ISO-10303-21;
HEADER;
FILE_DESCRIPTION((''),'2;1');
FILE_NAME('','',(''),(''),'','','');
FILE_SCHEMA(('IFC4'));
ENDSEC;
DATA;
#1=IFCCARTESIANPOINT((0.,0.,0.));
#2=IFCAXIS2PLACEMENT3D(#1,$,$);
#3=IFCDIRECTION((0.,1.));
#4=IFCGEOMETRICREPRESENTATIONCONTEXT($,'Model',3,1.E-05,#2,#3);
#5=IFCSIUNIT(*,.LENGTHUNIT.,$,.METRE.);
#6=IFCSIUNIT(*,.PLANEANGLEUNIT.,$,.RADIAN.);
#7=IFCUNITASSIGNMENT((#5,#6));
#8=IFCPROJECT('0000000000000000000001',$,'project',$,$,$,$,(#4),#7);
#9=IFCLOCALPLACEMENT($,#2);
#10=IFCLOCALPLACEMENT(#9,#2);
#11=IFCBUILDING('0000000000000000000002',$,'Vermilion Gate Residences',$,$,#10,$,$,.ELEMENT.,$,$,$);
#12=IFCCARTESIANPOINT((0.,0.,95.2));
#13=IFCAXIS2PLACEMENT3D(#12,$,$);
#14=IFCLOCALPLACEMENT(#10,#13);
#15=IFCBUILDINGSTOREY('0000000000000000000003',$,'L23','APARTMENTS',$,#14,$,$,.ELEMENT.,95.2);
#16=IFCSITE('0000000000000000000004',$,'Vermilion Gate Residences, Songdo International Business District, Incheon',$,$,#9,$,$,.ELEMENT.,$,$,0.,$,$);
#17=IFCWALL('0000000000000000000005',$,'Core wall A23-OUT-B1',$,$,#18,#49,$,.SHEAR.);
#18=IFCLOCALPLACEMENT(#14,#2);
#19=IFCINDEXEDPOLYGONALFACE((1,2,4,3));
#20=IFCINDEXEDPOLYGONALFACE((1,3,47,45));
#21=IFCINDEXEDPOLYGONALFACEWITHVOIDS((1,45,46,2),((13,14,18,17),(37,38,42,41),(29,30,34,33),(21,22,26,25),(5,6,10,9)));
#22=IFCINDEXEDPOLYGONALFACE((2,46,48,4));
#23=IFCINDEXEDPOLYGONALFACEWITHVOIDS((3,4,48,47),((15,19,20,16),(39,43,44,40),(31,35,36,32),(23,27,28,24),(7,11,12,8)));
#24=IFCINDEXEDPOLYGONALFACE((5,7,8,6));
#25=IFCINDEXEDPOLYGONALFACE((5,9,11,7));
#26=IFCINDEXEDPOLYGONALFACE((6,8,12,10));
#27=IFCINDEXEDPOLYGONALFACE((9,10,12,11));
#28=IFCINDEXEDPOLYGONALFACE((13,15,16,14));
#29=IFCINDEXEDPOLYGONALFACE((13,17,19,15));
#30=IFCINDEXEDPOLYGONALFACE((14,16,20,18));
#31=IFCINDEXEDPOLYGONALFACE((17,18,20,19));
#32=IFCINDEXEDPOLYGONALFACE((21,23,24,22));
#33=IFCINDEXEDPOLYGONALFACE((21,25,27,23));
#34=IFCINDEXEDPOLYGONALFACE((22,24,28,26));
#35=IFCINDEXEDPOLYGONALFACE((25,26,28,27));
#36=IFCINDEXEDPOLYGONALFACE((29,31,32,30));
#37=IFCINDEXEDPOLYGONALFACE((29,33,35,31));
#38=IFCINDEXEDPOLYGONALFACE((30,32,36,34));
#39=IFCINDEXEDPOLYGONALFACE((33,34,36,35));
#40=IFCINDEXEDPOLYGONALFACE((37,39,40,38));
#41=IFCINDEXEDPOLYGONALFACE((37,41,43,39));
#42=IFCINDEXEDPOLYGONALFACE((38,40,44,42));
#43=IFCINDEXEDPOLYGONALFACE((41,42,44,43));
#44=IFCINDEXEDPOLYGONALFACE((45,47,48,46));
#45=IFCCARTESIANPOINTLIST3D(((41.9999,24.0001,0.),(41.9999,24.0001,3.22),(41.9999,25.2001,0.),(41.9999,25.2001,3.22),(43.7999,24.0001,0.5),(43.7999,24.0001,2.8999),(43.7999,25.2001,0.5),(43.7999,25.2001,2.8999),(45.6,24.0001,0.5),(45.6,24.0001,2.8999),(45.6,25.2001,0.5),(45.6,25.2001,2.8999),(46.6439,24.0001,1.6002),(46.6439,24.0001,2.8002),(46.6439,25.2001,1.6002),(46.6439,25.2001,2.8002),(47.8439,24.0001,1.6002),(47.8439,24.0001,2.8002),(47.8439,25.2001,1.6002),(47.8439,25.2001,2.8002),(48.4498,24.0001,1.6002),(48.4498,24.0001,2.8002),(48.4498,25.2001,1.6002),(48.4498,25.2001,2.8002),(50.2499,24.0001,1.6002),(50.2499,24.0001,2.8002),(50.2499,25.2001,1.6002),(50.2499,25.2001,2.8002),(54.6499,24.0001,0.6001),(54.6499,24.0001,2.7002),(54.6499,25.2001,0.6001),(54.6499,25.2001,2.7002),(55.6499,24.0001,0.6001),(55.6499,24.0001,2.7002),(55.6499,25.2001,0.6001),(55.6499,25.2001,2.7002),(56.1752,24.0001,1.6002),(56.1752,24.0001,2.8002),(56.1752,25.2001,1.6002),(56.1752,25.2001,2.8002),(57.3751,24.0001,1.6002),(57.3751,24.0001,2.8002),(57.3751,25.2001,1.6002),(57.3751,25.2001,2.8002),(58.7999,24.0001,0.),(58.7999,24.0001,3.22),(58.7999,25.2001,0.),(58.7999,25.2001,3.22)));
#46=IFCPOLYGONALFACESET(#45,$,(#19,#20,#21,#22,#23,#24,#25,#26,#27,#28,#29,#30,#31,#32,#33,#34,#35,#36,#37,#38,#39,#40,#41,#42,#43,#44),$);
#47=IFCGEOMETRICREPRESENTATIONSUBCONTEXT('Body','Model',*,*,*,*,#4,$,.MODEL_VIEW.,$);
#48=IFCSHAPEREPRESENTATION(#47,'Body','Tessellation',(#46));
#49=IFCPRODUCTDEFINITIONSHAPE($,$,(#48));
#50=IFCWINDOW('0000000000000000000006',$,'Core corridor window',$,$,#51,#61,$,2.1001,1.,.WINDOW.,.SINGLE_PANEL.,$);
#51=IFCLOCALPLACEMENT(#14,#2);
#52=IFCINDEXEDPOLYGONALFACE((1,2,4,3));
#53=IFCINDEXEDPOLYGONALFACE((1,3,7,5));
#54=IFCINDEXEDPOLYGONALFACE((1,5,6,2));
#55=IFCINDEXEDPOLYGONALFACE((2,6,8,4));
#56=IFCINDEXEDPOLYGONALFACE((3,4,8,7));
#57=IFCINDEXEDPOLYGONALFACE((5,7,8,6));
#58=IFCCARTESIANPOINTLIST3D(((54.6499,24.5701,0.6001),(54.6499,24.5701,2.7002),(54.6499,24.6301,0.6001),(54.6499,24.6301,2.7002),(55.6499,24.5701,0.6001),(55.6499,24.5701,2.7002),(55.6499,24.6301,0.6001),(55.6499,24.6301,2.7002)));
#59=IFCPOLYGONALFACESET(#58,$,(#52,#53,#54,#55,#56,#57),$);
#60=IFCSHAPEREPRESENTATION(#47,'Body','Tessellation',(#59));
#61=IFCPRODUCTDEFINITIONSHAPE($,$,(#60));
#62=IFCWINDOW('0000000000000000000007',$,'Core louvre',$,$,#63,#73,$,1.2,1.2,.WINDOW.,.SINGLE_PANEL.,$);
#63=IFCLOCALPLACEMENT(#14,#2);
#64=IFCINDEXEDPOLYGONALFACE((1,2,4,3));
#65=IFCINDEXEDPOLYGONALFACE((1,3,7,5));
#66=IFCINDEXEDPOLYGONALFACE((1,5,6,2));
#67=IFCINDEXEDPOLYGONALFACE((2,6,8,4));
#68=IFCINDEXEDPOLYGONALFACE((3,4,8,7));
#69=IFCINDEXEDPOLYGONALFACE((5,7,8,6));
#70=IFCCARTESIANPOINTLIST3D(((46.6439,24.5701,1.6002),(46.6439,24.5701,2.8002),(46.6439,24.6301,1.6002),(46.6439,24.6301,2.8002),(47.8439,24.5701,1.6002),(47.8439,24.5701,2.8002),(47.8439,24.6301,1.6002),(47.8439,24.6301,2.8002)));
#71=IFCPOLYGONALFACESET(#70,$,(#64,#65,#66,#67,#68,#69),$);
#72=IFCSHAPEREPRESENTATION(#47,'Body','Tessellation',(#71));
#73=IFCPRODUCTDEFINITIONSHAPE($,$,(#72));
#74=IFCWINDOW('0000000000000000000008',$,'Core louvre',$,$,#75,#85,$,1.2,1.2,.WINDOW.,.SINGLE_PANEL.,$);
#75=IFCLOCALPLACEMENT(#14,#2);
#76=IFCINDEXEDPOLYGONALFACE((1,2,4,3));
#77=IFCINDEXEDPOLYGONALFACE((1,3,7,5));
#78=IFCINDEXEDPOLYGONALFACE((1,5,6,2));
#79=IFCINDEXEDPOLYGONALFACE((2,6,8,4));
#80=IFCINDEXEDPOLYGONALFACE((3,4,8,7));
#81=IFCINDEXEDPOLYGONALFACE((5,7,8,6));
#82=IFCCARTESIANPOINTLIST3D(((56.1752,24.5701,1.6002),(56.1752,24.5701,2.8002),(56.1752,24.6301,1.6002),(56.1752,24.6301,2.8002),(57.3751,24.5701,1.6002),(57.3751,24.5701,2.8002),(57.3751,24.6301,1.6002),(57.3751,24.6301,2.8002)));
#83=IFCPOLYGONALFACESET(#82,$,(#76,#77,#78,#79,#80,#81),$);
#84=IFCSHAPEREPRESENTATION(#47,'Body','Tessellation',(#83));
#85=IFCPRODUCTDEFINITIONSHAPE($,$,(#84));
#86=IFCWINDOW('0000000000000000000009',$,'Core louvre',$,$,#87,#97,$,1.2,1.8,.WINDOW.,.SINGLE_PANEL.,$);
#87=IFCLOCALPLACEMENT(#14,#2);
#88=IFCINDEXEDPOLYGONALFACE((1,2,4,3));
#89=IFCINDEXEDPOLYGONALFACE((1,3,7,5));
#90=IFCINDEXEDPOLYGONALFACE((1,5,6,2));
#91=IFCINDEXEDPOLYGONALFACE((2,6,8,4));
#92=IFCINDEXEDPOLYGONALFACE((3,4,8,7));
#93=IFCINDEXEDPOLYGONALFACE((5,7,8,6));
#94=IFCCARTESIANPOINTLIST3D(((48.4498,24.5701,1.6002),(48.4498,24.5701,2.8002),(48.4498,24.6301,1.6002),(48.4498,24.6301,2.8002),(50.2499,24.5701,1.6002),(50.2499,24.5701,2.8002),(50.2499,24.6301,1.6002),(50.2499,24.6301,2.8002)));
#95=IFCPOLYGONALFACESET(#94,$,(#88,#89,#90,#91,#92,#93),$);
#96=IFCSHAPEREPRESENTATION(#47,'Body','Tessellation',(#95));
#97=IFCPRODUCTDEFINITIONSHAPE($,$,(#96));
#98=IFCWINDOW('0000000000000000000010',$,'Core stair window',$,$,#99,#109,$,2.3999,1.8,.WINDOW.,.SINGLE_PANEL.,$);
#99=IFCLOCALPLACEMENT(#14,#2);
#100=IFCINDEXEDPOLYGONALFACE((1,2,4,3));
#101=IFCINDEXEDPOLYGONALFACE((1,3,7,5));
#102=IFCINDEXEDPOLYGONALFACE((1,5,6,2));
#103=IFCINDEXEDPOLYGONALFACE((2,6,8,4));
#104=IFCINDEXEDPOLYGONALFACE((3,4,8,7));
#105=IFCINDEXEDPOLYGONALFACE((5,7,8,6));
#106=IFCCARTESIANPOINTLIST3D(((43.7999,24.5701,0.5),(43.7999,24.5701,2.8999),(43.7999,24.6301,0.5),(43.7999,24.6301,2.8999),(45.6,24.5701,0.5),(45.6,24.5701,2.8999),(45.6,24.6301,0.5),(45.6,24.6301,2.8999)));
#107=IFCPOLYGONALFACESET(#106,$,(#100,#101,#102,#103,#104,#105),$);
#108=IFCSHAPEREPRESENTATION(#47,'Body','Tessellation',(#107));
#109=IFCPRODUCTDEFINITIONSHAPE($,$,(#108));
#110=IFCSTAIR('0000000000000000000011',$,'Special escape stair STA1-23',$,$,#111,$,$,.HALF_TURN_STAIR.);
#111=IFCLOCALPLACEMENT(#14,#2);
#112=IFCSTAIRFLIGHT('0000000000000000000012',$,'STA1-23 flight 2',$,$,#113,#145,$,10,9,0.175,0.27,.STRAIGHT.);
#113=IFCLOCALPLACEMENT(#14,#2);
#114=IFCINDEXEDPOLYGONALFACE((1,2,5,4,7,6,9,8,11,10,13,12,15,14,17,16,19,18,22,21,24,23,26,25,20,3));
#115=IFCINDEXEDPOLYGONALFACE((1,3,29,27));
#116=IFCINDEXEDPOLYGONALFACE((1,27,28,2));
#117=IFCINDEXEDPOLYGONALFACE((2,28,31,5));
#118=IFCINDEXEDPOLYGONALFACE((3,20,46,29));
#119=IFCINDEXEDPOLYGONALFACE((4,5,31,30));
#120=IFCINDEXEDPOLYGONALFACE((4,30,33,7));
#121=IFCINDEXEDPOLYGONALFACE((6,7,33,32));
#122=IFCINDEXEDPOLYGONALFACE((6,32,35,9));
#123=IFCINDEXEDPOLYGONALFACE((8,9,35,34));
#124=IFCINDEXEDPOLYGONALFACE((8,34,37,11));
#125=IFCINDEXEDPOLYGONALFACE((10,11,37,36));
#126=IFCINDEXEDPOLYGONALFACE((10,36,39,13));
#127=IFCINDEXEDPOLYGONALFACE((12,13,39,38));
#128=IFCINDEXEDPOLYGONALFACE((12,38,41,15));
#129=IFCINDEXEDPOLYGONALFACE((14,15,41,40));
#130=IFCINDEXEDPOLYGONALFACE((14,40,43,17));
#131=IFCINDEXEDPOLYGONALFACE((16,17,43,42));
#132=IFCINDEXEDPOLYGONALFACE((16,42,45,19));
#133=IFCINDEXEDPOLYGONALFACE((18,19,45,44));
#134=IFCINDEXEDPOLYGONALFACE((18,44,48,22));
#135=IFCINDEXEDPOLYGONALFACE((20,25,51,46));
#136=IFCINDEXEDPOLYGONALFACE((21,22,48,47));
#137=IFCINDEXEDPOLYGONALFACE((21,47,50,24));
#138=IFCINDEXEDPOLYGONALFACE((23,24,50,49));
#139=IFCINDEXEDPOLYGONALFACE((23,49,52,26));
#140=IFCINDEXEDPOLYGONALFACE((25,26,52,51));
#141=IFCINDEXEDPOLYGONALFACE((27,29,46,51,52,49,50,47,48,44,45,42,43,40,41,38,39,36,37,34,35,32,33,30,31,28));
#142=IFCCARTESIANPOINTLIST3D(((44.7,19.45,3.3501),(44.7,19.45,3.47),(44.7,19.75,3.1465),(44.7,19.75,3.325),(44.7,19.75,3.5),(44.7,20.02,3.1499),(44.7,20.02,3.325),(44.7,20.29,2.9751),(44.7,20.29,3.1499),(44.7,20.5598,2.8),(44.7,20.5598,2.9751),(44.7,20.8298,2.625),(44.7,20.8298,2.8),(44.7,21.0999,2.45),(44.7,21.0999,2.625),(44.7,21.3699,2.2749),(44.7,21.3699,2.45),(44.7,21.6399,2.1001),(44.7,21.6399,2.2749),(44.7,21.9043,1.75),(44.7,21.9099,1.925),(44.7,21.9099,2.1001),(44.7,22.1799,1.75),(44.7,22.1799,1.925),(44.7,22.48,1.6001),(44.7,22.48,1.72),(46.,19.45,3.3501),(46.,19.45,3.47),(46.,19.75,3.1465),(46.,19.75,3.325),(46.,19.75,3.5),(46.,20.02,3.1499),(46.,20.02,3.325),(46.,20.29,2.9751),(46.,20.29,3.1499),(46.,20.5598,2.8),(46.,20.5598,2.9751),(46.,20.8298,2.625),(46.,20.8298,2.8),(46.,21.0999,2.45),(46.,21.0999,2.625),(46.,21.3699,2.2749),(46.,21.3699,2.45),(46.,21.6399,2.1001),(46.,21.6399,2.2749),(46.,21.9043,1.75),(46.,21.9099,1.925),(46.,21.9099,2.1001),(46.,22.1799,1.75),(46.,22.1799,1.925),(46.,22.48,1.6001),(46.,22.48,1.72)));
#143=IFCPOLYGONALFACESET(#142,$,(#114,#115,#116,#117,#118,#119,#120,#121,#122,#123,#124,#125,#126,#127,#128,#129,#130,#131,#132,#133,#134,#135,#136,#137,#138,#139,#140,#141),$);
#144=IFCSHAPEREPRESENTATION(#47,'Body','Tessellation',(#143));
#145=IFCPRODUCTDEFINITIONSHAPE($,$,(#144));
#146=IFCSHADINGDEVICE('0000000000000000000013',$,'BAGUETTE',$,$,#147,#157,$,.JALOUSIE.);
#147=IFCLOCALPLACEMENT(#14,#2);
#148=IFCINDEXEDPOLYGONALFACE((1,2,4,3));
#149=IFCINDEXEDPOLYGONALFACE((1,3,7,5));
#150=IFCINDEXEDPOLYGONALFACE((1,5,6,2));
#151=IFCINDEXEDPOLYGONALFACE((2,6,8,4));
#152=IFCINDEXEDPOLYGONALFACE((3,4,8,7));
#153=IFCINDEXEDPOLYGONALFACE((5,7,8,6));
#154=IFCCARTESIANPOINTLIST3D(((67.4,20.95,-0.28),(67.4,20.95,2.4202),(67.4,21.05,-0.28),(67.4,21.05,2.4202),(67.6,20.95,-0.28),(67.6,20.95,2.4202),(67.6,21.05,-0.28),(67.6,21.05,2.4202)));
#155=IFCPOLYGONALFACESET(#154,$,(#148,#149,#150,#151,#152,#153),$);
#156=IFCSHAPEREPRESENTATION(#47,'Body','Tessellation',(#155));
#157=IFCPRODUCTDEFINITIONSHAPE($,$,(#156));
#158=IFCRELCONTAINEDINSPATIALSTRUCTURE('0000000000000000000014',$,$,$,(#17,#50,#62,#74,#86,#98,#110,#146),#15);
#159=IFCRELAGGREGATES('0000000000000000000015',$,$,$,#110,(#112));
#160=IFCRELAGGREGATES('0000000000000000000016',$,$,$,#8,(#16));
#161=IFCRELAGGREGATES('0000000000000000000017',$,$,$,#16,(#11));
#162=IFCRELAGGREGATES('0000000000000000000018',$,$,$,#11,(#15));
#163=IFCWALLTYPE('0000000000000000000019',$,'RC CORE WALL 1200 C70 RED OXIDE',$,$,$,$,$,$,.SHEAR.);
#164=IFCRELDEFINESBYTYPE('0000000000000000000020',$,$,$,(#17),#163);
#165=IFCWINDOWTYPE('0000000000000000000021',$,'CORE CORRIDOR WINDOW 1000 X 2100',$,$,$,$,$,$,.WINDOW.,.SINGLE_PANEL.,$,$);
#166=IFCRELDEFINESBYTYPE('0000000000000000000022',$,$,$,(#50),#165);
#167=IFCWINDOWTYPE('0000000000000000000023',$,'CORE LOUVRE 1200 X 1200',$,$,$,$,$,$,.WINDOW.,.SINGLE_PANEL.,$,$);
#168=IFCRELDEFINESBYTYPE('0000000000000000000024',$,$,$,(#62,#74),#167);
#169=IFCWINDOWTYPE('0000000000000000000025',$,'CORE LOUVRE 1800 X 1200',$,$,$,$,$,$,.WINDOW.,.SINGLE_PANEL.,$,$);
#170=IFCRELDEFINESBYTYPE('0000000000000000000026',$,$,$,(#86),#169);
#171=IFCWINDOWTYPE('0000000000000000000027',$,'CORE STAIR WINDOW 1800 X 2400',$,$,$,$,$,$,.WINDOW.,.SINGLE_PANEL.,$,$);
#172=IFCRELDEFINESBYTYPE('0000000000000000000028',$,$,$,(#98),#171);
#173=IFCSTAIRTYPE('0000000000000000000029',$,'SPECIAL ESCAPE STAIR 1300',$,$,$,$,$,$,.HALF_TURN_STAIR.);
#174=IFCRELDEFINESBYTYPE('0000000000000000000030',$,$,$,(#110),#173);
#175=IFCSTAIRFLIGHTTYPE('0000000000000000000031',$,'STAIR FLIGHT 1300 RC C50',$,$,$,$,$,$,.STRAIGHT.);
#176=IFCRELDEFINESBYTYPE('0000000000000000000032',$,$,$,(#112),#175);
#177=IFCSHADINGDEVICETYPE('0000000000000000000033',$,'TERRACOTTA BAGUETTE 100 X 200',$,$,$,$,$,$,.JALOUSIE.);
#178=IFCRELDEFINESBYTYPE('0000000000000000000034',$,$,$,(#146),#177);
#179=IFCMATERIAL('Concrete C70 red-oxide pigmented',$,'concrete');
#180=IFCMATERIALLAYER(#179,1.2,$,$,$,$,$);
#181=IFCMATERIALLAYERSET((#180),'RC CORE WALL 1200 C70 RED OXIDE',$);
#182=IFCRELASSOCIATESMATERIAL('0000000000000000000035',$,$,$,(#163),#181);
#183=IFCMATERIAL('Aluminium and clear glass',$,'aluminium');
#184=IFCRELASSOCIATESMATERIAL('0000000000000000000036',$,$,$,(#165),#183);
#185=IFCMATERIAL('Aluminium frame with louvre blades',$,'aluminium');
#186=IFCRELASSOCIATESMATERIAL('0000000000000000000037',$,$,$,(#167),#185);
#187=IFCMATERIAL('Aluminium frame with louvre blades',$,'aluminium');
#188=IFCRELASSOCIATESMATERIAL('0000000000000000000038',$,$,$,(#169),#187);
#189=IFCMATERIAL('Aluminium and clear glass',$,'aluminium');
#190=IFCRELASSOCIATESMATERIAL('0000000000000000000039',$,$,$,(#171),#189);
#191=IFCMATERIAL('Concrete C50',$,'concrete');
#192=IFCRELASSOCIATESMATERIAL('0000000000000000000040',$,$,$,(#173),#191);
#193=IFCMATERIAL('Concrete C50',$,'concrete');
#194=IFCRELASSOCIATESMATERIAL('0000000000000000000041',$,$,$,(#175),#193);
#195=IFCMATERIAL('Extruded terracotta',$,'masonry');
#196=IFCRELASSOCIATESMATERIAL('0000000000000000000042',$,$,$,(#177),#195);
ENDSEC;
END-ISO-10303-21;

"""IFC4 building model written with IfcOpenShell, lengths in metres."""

from ifc_helpers import new_model, si_unit, direction, frame, frame_2d, origin, origin_2d, place, context, subcontext, project, spatial, polyline, rectangle, outline, extrude, material, layer, layer_set, material_profile, profile_set, type_object, element, fill, aggregate, save


model = new_model("IFC4")

# Units and contexts
model_context = context("Model", 3, precision=1e-05, world=origin(), true_north=direction((0.0, 1.0)))
body_context = subcontext(model_context, "Body", "Model", "MODEL_VIEW")
ifc_project = project(units=[si_unit("LENGTHUNIT", "METRE"), si_unit("PLANEANGLEUNIT", "RADIAN")], contexts=[model_context])

# Site, building, storey
site_placement = place(None, origin())
site = spatial("IfcSite", under=ifc_project, at=site_placement, Name="Vermilion Gate Residences, Songdo International Business District, Incheon", CompositionType="ELEMENT", RefElevation=0.0)
building_placement = place(site_placement, origin())
building = spatial("IfcBuilding", under=site, at=building_placement, Name="Vermilion Gate Residences", CompositionType="ELEMENT")
storey_placement = place(building_placement, frame((0.0, 0.0, 95.2)))
storey = spatial("IfcBuildingStorey", under=building, at=storey_placement, Name="L23", Description="APARTMENTS", CompositionType="ELEMENT", Elevation=95.2)

# Wall, openings, windows
ifc_material_1 = material(Name="Concrete C70 red-oxide pigmented", Category="concrete")
ifc_layer_1 = layer(ifc_material_1, 1.2)
ifc_layer_set_1 = layer_set([ifc_layer_1], Name="RC CORE WALL 1200 C70 RED OXIDE")
wall_type_1 = type_object("IfcWallType", Name="RC CORE WALL 1200 C70 RED OXIDE", PredefinedType="SHEAR", material=ifc_layer_set_1)
wall_1_placement = place(storey_placement, frame((42.0, 24.6001, 0.0), z_axis=(0.0, 0.0, 1.0), x_axis=(1.0, 0.0, 0.0)))
wall_1 = element("IfcWall", 1, at=wall_1_placement, inside=storey, type_object=wall_type_1, Name="Core wall A23-OUT-B1", PredefinedType="SHEAR", context=body_context, shape_type="SweptSolid", body=[
    extrude(rectangle(XDim=16.8, YDim=1.2, at=frame_2d((8.3999, 0.0))), origin(), (0.0, 0.0, 1.0), 3.22),
])
opening_1_placement = place(wall_1_placement, frame((1.8, 0.0, 0.5)))
opening_1 = element("IfcOpeningElement", 2, at=opening_1_placement, cuts=wall_1, PredefinedType="OPENING", context=body_context, shape_type="SweptSolid", body=[
    extrude(rectangle(XDim=1.8, YDim=2.3999, at=frame_2d((0.8999, 1.2))), frame((0.0, 0.6099, 0.0), z_axis=(0.0, -1.0, 0.0), x_axis=(1.0, 0.0, 0.0)), (0.0, 0.0, 1.0), 1.22),
])
opening_2_placement = place(wall_1_placement, frame((4.6438, 0.0, 1.6001)))
opening_2 = element("IfcOpeningElement", 3, at=opening_2_placement, cuts=wall_1, PredefinedType="OPENING", context=body_context, shape_type="SweptSolid", body=[
    extrude(rectangle(XDim=1.2, YDim=1.2, at=frame_2d((0.6001, 0.6001))), frame((0.0, 0.6099, 0.0), z_axis=(0.0, -1.0, 0.0), x_axis=(1.0, 0.0, 0.0)), (0.0, 0.0, 1.0), 1.22),
])
opening_3_placement = place(wall_1_placement, frame((6.45, 0.0, 1.6001)))
opening_3 = element("IfcOpeningElement", 4, at=opening_3_placement, cuts=wall_1, PredefinedType="OPENING", context=body_context, shape_type="SweptSolid", body=[
    extrude(rectangle(XDim=1.8, YDim=1.2, at=frame_2d((0.8999, 0.6001))), frame((0.0, 0.6099, 0.0), z_axis=(0.0, -1.0, 0.0), x_axis=(1.0, 0.0, 0.0)), (0.0, 0.0, 1.0), 1.22),
])
opening_4_placement = place(wall_1_placement, frame((12.6499, 0.0, 0.6001)))
opening_4 = element("IfcOpeningElement", 5, at=opening_4_placement, cuts=wall_1, PredefinedType="OPENING", context=body_context, shape_type="SweptSolid", body=[
    extrude(rectangle(XDim=1.0, YDim=2.1001, at=frame_2d((0.5, 1.05))), frame((0.0, 0.6099, 0.0), z_axis=(0.0, -1.0, 0.0), x_axis=(1.0, 0.0, 0.0)), (0.0, 0.0, 1.0), 1.22),
])
opening_5_placement = place(wall_1_placement, frame((14.175, 0.0, 1.6001)))
opening_5 = element("IfcOpeningElement", 6, at=opening_5_placement, cuts=wall_1, PredefinedType="OPENING", context=body_context, shape_type="SweptSolid", body=[
    extrude(rectangle(XDim=1.2, YDim=1.2, at=frame_2d((0.6001, 0.6001))), frame((0.0, 0.6099, 0.0), z_axis=(0.0, -1.0, 0.0), x_axis=(1.0, 0.0, 0.0)), (0.0, 0.0, 1.0), 1.22),
])
ifc_material_2 = material(Name="Aluminium and clear glass", Category="aluminium")
window_type_1 = type_object("IfcWindowType", Name="CORE CORRIDOR WINDOW 1000 X 2100", PartitioningType="SINGLE_PANEL", PredefinedType="WINDOW", material=ifc_material_2)
window_1_placement = place(opening_4_placement, origin())
window_1 = element("IfcWindow", 7, at=window_1_placement, inside=storey, type_object=window_type_1, Name="Core corridor window", OverallHeight=2.1001, OverallWidth=1.0, PartitioningType="SINGLE_PANEL", PredefinedType="WINDOW", context=body_context, shape_type="SweptSolid", body=[
    extrude(rectangle(XDim=1.0, YDim=2.1001, at=frame_2d((0.5, 1.05))), frame((0.0, 0.03, 0.0), z_axis=(0.0, -1.0, 0.0), x_axis=(1.0, 0.0, 0.0)), (0.0, 0.0, 1.0), 0.0601),
])
fill(opening_4, window_1)
ifc_material_3 = material(Name="Aluminium frame with louvre blades", Category="aluminium")
window_type_2 = type_object("IfcWindowType", Name="CORE LOUVRE 1200 X 1200", PartitioningType="SINGLE_PANEL", PredefinedType="WINDOW", material=ifc_material_3)
window_2_placement = place(opening_2_placement, origin())
window_2 = element("IfcWindow", 8, at=window_2_placement, inside=storey, type_object=window_type_2, Name="Core louvre", OverallHeight=1.2, OverallWidth=1.2, PartitioningType="SINGLE_PANEL", PredefinedType="WINDOW", context=body_context, shape_type="SweptSolid", body=[
    extrude(rectangle(XDim=1.2, YDim=1.2, at=frame_2d((0.6001, 0.6001))), frame((0.0, 0.03, 0.0), z_axis=(0.0, -1.0, 0.0), x_axis=(1.0, 0.0, 0.0)), (0.0, 0.0, 1.0), 0.0601),
])
fill(opening_2, window_2)
window_3_placement = place(opening_5_placement, origin())
window_3 = element("IfcWindow", 9, at=window_3_placement, inside=storey, type_object=window_type_2, Name="Core louvre", OverallHeight=1.2, OverallWidth=1.2, PartitioningType="SINGLE_PANEL", PredefinedType="WINDOW", context=body_context, shape_type="SweptSolid", body=[
    extrude(rectangle(XDim=1.2, YDim=1.2, at=frame_2d((0.6001, 0.6001))), frame((0.0, 0.03, 0.0), z_axis=(0.0, -1.0, 0.0), x_axis=(1.0, 0.0, 0.0)), (0.0, 0.0, 1.0), 0.0601),
])
fill(opening_5, window_3)
ifc_material_4 = material(Name="Aluminium frame with louvre blades", Category="aluminium")
window_type_3 = type_object("IfcWindowType", Name="CORE LOUVRE 1800 X 1200", PartitioningType="SINGLE_PANEL", PredefinedType="WINDOW", material=ifc_material_4)
window_4_placement = place(opening_3_placement, origin())
window_4 = element("IfcWindow", 10, at=window_4_placement, inside=storey, type_object=window_type_3, Name="Core louvre", OverallHeight=1.2, OverallWidth=1.8, PartitioningType="SINGLE_PANEL", PredefinedType="WINDOW", context=body_context, shape_type="SweptSolid", body=[
    extrude(rectangle(XDim=1.8, YDim=1.2, at=frame_2d((0.8999, 0.6001))), frame((0.0, 0.03, 0.0), z_axis=(0.0, -1.0, 0.0), x_axis=(1.0, 0.0, 0.0)), (0.0, 0.0, 1.0), 0.0601),
])
fill(opening_3, window_4)
ifc_material_5 = material(Name="Aluminium and clear glass", Category="aluminium")
window_type_4 = type_object("IfcWindowType", Name="CORE STAIR WINDOW 1800 X 2400", PartitioningType="SINGLE_PANEL", PredefinedType="WINDOW", material=ifc_material_5)
window_5_placement = place(opening_1_placement, origin())
window_5 = element("IfcWindow", 11, at=window_5_placement, inside=storey, type_object=window_type_4, Name="Core stair window", OverallHeight=2.3999, OverallWidth=1.8, PartitioningType="SINGLE_PANEL", PredefinedType="WINDOW", context=body_context, shape_type="SweptSolid", body=[
    extrude(rectangle(XDim=1.8, YDim=2.3999, at=frame_2d((0.8999, 1.2))), frame((0.0, 0.03, 0.0), z_axis=(0.0, -1.0, 0.0), x_axis=(1.0, 0.0, 0.0)), (0.0, 0.0, 1.0), 0.0601),
])
fill(opening_1, window_5)

# Stair, stair flight
ifc_material_6 = material(Name="Concrete C50", Category="concrete")
stair_type = type_object("IfcStairType", Name="SPECIAL ESCAPE STAIR 1300", PredefinedType="HALF_TURN_STAIR", material=ifc_material_6)
stair_placement = place(storey_placement, origin())
stair = element("IfcStair", 12, at=stair_placement, inside=storey, type_object=stair_type, Name="Special escape stair STA1-23", PredefinedType="HALF_TURN_STAIR")
ifc_material_7 = material(Name="Concrete C50", Category="concrete")
stair_flight_type = type_object("IfcStairFlightType", Name="STAIR FLIGHT 1300 RC C50", PredefinedType="STRAIGHT", material=ifc_material_7)
stair_flight_placement = place(storey_placement, frame((45.3501, 22.1799, 1.75), z_axis=(0.0, 0.0, 1.0), x_axis=(0.0, -1.0, 0.0)))
stair_flight = element("IfcStairFlight", 13, at=stair_flight_placement, type_object=stair_flight_type, Name="STA1-23 flight 2", NumberOfRisers=10, NumberOfTreads=9, PredefinedType="STRAIGHT", RiserHeight=0.175, TreadLength=0.27, context=body_context, shape_type="SweptSolid", body=[
    extrude(outline(polyline([(-0.3, -0.1499), (-0.3, -0.03), (0.0, 0.0), (0.0, 0.175), (0.27, 0.175), (0.27, 0.3501), (0.54, 0.3501), (0.54, 0.5249), (0.8101, 0.5249), (0.8101, 0.7), (1.0801, 0.7), (1.0801, 0.875), (1.3501, 0.875), (1.3501, 1.05), (1.6201, 1.05), (1.6201, 1.2251), (1.8899, 1.2251), (1.8899, 1.3999), (2.1599, 1.3999), (2.1599, 1.575), (2.4299, 1.575), (2.4299, 1.75), (2.73, 1.72), (2.73, 1.6001), (2.4299, 1.3965), (0.2756, 0.0), (-0.3, -0.1499)])), frame((0.0, 0.6499, 0.0), z_axis=(0.0, -1.0, 0.0), x_axis=(1.0, 0.0, 0.0)), (0.0, 0.0, 1.0), 1.3),
])
aggregate(stair, [stair_flight])

# Shading device
ifc_material_8 = material(Name="Extruded terracotta", Category="masonry")
ifc_material_profile_1 = material_profile(ifc_material_8, rectangle(XDim=0.2, YDim=0.1001, at=origin_2d()), Name="BAGUETTE 100 X 200")
ifc_profile_set_1 = profile_set([ifc_material_profile_1], Name="Extruded terracotta")
shading_device_type_1 = type_object("IfcShadingDeviceType", Name="TERRACOTTA BAGUETTE 100 X 200", PredefinedType="JALOUSIE", material=ifc_profile_set_1)
for number, where, z_axis, x_axis, name in (
    (14, (67.5, 21.0, -0.28), (0.0, 0.0, 1.0), (-1.0, 0.0, 0.0), "BAGUETTE"),
):
    element("IfcShadingDevice", number, at=place(storey_placement, frame(where, z_axis=z_axis, x_axis=x_axis)), inside=storey, type_object=shading_device_type_1, Name=name, PredefinedType="JALOUSIE", context=body_context, shape_type="SweptSolid", body=[
        extrude(rectangle(XDim=0.2, YDim=0.1001, at=origin_2d()), origin(), (0.0, 0.0, 1.0), 2.7002),
    ])

save(model, "model.ifc")
